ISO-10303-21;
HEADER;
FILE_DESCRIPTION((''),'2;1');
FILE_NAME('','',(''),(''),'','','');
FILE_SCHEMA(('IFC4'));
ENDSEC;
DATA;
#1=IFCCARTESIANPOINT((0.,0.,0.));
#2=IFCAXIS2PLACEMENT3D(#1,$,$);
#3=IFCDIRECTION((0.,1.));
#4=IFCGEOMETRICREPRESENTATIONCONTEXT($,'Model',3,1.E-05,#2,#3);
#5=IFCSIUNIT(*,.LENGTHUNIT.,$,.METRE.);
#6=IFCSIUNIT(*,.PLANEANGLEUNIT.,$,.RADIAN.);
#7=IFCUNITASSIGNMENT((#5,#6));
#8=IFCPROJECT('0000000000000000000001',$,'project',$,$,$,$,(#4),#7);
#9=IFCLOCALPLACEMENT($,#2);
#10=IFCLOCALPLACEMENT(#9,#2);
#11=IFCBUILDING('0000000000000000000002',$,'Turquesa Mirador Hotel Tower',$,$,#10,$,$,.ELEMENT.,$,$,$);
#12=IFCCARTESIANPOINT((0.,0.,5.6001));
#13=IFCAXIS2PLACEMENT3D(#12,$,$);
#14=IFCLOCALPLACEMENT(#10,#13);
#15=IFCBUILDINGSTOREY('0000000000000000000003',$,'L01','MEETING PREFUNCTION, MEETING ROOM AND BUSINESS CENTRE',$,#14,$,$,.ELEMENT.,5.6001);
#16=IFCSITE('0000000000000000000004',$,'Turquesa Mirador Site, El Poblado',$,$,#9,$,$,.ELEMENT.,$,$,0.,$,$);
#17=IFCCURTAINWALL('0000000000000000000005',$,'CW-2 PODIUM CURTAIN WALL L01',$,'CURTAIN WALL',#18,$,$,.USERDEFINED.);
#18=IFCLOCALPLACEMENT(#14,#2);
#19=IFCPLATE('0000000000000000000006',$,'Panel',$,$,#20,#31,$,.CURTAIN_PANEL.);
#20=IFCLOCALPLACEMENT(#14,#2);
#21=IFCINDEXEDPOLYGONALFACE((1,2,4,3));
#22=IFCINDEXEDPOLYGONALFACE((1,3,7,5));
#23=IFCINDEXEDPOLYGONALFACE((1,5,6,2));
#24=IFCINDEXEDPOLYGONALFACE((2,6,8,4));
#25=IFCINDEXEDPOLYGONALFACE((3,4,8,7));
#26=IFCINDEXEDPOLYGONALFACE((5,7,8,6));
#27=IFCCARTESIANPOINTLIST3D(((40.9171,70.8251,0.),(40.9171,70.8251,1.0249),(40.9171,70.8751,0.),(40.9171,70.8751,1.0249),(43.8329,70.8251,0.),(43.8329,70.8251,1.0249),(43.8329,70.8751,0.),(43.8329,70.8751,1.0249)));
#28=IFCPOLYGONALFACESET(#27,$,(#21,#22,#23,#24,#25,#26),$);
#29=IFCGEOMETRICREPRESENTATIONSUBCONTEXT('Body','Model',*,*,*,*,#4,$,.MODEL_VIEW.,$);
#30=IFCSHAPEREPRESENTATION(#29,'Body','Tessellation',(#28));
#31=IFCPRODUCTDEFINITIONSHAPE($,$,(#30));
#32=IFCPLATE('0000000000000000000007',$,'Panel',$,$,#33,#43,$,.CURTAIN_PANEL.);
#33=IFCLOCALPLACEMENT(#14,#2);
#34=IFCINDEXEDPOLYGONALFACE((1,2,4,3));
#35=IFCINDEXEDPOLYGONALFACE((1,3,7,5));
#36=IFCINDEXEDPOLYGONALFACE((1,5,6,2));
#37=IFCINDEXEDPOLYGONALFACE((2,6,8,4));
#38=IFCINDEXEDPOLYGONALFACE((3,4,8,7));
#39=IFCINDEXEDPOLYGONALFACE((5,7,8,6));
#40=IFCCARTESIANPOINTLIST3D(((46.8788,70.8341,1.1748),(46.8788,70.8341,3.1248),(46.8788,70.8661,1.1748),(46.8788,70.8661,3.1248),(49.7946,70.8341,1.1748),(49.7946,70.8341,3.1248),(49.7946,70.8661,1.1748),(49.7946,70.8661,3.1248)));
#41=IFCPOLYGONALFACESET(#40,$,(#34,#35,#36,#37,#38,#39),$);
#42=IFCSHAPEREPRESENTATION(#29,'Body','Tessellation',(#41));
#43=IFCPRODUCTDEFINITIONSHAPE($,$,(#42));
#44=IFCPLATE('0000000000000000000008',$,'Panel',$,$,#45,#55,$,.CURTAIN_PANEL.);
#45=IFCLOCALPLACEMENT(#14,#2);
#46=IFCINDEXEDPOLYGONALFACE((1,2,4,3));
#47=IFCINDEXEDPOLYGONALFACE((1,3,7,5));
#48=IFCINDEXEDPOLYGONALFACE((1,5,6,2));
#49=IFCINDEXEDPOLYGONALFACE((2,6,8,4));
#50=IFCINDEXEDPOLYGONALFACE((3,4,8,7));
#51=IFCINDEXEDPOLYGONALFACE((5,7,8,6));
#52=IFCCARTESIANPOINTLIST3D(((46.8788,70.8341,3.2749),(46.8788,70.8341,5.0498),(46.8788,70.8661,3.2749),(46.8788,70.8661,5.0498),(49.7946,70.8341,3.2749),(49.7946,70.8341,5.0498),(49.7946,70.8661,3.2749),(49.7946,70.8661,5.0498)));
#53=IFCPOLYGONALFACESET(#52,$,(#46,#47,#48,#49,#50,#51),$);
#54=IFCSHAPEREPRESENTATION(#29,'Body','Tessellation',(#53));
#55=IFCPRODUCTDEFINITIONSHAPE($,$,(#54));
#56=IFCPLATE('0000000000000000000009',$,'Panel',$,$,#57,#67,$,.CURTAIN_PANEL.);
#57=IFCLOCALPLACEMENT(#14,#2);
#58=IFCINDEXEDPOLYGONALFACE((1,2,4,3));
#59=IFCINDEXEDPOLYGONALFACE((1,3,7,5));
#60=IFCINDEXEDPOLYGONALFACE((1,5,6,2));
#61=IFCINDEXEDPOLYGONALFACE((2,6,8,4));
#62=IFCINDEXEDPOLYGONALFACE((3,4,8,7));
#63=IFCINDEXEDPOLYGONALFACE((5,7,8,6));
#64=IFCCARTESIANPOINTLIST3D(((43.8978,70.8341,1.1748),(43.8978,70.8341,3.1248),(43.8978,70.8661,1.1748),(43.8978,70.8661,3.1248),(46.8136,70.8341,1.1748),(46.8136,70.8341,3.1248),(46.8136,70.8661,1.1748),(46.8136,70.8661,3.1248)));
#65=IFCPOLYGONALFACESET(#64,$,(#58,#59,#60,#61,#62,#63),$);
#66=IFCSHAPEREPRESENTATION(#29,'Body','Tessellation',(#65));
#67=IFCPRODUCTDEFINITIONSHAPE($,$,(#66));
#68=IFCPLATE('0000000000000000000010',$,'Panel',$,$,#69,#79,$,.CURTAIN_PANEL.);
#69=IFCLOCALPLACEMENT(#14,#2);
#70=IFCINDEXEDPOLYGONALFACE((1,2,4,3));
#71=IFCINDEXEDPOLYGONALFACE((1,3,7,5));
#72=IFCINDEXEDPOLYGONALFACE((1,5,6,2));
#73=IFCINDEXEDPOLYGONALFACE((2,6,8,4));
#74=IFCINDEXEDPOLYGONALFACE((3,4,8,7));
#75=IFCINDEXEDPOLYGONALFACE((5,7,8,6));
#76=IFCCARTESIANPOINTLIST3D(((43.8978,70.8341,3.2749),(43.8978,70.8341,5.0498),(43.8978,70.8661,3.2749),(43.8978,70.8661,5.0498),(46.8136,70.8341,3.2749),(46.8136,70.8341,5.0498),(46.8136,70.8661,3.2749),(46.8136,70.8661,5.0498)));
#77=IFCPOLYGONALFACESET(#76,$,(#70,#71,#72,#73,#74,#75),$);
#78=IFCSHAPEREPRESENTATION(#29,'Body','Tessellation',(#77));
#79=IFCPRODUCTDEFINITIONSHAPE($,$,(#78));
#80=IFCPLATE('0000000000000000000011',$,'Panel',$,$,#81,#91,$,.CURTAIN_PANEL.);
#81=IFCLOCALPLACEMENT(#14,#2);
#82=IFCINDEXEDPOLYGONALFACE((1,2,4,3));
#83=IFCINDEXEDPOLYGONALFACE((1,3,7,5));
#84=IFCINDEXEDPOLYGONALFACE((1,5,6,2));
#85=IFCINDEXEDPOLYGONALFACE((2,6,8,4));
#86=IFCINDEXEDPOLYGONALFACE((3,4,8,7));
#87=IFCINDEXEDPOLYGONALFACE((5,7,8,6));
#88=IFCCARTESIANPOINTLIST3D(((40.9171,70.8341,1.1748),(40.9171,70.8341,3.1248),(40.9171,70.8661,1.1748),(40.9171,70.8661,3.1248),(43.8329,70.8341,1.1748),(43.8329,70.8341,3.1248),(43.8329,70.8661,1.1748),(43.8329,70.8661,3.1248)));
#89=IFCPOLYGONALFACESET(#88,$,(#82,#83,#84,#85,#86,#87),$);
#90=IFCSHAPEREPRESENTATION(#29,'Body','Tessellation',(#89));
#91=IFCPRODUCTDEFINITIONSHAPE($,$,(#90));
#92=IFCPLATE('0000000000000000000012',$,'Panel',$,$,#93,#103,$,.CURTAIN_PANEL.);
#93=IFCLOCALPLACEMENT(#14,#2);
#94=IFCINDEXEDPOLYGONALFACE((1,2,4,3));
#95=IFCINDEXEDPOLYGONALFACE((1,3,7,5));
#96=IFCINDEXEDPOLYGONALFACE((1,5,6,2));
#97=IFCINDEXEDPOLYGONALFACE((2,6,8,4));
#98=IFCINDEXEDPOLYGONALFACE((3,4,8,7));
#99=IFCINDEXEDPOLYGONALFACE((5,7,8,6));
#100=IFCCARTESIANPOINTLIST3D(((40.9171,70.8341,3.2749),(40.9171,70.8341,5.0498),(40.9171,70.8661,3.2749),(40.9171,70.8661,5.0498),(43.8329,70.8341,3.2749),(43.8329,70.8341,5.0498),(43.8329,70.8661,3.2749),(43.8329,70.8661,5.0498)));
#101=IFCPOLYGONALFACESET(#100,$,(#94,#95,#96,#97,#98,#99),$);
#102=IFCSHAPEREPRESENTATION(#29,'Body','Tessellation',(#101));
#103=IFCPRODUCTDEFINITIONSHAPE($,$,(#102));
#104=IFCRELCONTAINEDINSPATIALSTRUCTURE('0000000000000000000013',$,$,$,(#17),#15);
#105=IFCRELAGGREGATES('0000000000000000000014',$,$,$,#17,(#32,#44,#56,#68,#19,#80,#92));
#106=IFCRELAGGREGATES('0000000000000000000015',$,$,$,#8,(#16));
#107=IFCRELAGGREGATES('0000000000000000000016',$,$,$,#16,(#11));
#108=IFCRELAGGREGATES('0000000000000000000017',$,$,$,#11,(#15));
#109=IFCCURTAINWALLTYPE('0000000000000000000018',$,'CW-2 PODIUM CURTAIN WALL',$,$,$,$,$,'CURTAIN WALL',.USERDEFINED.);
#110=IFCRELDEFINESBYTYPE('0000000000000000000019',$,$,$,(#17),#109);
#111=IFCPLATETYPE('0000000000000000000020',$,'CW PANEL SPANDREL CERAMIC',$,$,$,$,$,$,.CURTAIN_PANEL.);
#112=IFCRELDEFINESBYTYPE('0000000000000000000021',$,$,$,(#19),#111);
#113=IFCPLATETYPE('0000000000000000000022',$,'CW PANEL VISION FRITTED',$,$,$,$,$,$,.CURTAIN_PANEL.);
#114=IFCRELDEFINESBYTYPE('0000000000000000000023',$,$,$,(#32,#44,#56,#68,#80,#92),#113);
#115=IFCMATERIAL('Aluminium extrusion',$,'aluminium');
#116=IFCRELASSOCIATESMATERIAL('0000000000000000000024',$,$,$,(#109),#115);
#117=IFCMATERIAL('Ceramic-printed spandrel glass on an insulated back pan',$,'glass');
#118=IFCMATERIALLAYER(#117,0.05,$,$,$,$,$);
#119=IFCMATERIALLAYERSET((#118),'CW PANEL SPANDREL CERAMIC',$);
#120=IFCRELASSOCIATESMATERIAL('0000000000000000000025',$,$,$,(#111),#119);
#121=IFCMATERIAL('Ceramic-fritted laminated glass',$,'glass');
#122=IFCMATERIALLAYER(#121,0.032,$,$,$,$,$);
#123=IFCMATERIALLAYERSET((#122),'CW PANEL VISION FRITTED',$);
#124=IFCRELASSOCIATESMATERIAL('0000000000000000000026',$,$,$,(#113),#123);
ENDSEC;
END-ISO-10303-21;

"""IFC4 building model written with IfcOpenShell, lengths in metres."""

from ifc_helpers import new_model, si_unit, direction, frame, origin, origin_2d, place, context, subcontext, project, spatial, rectangle, extrude, material, layer, layer_set, type_object, element, aggregate, save


model = new_model("IFC4")

# Units and contexts
model_context = context("Model", 3, precision=1e-05, world=origin(), true_north=direction((0.0, 1.0)))
body_context = subcontext(model_context, "Body", "Model", "MODEL_VIEW")
ifc_project = project(units=[si_unit("LENGTHUNIT", "METRE"), si_unit("PLANEANGLEUNIT", "RADIAN")], contexts=[model_context])

# Site, building, storey
site_placement = place(None, origin())
site = spatial("IfcSite", under=ifc_project, at=site_placement, Name="Turquesa Mirador Site, El Poblado", CompositionType="ELEMENT", RefElevation=0.0)
building_placement = place(site_placement, origin())
building = spatial("IfcBuilding", under=site, at=building_placement, Name="Turquesa Mirador Hotel Tower", CompositionType="ELEMENT")
storey_placement = place(building_placement, frame((0.0, 0.0, 5.6001)))
storey = spatial("IfcBuildingStorey", under=building, at=storey_placement, Name="L01", Description="MEETING PREFUNCTION, MEETING ROOM AND BUSINESS CENTRE", CompositionType="ELEMENT", Elevation=5.6001)

# Curtain wall, plates
ifc_material_1 = material(Name="Aluminium extrusion", Category="aluminium")
curtain_wall_type = type_object("IfcCurtainWallType", Name="CW-2 PODIUM CURTAIN WALL", ElementType="CURTAIN WALL", PredefinedType="USERDEFINED", material=ifc_material_1)
curtain_wall_placement = place(storey_placement, origin())
curtain_wall = element("IfcCurtainWall", 1, at=curtain_wall_placement, inside=storey, type_object=curtain_wall_type, Name="CW-2 PODIUM CURTAIN WALL L01", ObjectType="CURTAIN WALL", PredefinedType="USERDEFINED")
ifc_material_2 = material(Name="Ceramic-printed spandrel glass on an insulated back pan", Category="glass")
ifc_layer_1 = layer(ifc_material_2, 0.05)
ifc_layer_set_1 = layer_set([ifc_layer_1], Name="CW PANEL SPANDREL CERAMIC")
plate_type_1 = type_object("IfcPlateType", Name="CW PANEL SPANDREL CERAMIC", PredefinedType="CURTAIN_PANEL", material=ifc_layer_set_1)
plate_1_placement = place(storey_placement, frame((42.375, 70.8501, 0.0), z_axis=(0.0, 0.0, 1.0), x_axis=(-1.0, 0.0, 0.0)))
plate_1 = element("IfcPlate", 2, at=plate_1_placement, type_object=plate_type_1, Name="Panel", PredefinedType="CURTAIN_PANEL", context=body_context, shape_type="SweptSolid", body=[
    extrude(rectangle(XDim=2.9158, YDim=0.05, at=origin_2d()), origin(), (0.0, 0.0, 1.0), 1.0249),
])
ifc_material_3 = material(Name="Ceramic-fritted laminated glass", Category="glass")
ifc_layer_2 = layer(ifc_material_3, 0.032)
ifc_layer_set_2 = layer_set([ifc_layer_2], Name="CW PANEL VISION FRITTED")
plate_type_2 = type_object("IfcPlateType", Name="CW PANEL VISION FRITTED", PredefinedType="CURTAIN_PANEL", material=ifc_layer_set_2)
plate_2_placement = place(storey_placement, frame((48.3367, 70.8501, 1.1748), z_axis=(0.0, 0.0, 1.0), x_axis=(-1.0, 0.0, 0.0)))
plate_2 = element("IfcPlate", 3, at=plate_2_placement, type_object=plate_type_2, Name="Panel", PredefinedType="CURTAIN_PANEL", context=body_context, shape_type="SweptSolid", body=[
    extrude(rectangle(XDim=2.9158, YDim=0.032, at=origin_2d()), origin(), (0.0, 0.0, 1.0), 1.95),
])
plate_3_placement = place(storey_placement, frame((48.3367, 70.8501, 3.2749), z_axis=(0.0, 0.0, 1.0), x_axis=(-1.0, 0.0, 0.0)))
plate_3 = element("IfcPlate", 4, at=plate_3_placement, type_object=plate_type_2, Name="Panel", PredefinedType="CURTAIN_PANEL", context=body_context, shape_type="SweptSolid", body=[
    extrude(rectangle(XDim=2.9158, YDim=0.032, at=origin_2d()), origin(), (0.0, 0.0, 1.0), 1.7749),
])
plate_4_placement = place(storey_placement, frame((45.3557, 70.8501, 1.1748), z_axis=(0.0, 0.0, 1.0), x_axis=(-1.0, 0.0, 0.0)))
plate_4 = element("IfcPlate", 5, at=plate_4_placement, type_object=plate_type_2, Name="Panel", PredefinedType="CURTAIN_PANEL", context=body_context, shape_type="SweptSolid", body=[
    extrude(rectangle(XDim=2.9158, YDim=0.032, at=origin_2d()), origin(), (0.0, 0.0, 1.0), 1.95),
])
plate_5_placement = place(storey_placement, frame((45.3557, 70.8501, 3.2749), z_axis=(0.0, 0.0, 1.0), x_axis=(-1.0, 0.0, 0.0)))
plate_5 = element("IfcPlate", 6, at=plate_5_placement, type_object=plate_type_2, Name="Panel", PredefinedType="CURTAIN_PANEL", context=body_context, shape_type="SweptSolid", body=[
    extrude(rectangle(XDim=2.9158, YDim=0.032, at=origin_2d()), origin(), (0.0, 0.0, 1.0), 1.7749),
])
plate_6_placement = place(storey_placement, frame((42.375, 70.8501, 1.1748), z_axis=(0.0, 0.0, 1.0), x_axis=(-1.0, 0.0, 0.0)))
plate_6 = element("IfcPlate", 7, at=plate_6_placement, type_object=plate_type_2, Name="Panel", PredefinedType="CURTAIN_PANEL", context=body_context, shape_type="SweptSolid", body=[
    extrude(rectangle(XDim=2.9158, YDim=0.032, at=origin_2d()), origin(), (0.0, 0.0, 1.0), 1.95),
])
plate_7_placement = place(storey_placement, frame((42.375, 70.8501, 3.2749), z_axis=(0.0, 0.0, 1.0), x_axis=(-1.0, 0.0, 0.0)))
plate_7 = element("IfcPlate", 8, at=plate_7_placement, type_object=plate_type_2, Name="Panel", PredefinedType="CURTAIN_PANEL", context=body_context, shape_type="SweptSolid", body=[
    extrude(rectangle(XDim=2.9158, YDim=0.032, at=origin_2d()), origin(), (0.0, 0.0, 1.0), 1.7749),
])
aggregate(curtain_wall, [plate_2, plate_3, plate_4, plate_5, plate_1, plate_6, plate_7])

save(model, "model.ifc")
